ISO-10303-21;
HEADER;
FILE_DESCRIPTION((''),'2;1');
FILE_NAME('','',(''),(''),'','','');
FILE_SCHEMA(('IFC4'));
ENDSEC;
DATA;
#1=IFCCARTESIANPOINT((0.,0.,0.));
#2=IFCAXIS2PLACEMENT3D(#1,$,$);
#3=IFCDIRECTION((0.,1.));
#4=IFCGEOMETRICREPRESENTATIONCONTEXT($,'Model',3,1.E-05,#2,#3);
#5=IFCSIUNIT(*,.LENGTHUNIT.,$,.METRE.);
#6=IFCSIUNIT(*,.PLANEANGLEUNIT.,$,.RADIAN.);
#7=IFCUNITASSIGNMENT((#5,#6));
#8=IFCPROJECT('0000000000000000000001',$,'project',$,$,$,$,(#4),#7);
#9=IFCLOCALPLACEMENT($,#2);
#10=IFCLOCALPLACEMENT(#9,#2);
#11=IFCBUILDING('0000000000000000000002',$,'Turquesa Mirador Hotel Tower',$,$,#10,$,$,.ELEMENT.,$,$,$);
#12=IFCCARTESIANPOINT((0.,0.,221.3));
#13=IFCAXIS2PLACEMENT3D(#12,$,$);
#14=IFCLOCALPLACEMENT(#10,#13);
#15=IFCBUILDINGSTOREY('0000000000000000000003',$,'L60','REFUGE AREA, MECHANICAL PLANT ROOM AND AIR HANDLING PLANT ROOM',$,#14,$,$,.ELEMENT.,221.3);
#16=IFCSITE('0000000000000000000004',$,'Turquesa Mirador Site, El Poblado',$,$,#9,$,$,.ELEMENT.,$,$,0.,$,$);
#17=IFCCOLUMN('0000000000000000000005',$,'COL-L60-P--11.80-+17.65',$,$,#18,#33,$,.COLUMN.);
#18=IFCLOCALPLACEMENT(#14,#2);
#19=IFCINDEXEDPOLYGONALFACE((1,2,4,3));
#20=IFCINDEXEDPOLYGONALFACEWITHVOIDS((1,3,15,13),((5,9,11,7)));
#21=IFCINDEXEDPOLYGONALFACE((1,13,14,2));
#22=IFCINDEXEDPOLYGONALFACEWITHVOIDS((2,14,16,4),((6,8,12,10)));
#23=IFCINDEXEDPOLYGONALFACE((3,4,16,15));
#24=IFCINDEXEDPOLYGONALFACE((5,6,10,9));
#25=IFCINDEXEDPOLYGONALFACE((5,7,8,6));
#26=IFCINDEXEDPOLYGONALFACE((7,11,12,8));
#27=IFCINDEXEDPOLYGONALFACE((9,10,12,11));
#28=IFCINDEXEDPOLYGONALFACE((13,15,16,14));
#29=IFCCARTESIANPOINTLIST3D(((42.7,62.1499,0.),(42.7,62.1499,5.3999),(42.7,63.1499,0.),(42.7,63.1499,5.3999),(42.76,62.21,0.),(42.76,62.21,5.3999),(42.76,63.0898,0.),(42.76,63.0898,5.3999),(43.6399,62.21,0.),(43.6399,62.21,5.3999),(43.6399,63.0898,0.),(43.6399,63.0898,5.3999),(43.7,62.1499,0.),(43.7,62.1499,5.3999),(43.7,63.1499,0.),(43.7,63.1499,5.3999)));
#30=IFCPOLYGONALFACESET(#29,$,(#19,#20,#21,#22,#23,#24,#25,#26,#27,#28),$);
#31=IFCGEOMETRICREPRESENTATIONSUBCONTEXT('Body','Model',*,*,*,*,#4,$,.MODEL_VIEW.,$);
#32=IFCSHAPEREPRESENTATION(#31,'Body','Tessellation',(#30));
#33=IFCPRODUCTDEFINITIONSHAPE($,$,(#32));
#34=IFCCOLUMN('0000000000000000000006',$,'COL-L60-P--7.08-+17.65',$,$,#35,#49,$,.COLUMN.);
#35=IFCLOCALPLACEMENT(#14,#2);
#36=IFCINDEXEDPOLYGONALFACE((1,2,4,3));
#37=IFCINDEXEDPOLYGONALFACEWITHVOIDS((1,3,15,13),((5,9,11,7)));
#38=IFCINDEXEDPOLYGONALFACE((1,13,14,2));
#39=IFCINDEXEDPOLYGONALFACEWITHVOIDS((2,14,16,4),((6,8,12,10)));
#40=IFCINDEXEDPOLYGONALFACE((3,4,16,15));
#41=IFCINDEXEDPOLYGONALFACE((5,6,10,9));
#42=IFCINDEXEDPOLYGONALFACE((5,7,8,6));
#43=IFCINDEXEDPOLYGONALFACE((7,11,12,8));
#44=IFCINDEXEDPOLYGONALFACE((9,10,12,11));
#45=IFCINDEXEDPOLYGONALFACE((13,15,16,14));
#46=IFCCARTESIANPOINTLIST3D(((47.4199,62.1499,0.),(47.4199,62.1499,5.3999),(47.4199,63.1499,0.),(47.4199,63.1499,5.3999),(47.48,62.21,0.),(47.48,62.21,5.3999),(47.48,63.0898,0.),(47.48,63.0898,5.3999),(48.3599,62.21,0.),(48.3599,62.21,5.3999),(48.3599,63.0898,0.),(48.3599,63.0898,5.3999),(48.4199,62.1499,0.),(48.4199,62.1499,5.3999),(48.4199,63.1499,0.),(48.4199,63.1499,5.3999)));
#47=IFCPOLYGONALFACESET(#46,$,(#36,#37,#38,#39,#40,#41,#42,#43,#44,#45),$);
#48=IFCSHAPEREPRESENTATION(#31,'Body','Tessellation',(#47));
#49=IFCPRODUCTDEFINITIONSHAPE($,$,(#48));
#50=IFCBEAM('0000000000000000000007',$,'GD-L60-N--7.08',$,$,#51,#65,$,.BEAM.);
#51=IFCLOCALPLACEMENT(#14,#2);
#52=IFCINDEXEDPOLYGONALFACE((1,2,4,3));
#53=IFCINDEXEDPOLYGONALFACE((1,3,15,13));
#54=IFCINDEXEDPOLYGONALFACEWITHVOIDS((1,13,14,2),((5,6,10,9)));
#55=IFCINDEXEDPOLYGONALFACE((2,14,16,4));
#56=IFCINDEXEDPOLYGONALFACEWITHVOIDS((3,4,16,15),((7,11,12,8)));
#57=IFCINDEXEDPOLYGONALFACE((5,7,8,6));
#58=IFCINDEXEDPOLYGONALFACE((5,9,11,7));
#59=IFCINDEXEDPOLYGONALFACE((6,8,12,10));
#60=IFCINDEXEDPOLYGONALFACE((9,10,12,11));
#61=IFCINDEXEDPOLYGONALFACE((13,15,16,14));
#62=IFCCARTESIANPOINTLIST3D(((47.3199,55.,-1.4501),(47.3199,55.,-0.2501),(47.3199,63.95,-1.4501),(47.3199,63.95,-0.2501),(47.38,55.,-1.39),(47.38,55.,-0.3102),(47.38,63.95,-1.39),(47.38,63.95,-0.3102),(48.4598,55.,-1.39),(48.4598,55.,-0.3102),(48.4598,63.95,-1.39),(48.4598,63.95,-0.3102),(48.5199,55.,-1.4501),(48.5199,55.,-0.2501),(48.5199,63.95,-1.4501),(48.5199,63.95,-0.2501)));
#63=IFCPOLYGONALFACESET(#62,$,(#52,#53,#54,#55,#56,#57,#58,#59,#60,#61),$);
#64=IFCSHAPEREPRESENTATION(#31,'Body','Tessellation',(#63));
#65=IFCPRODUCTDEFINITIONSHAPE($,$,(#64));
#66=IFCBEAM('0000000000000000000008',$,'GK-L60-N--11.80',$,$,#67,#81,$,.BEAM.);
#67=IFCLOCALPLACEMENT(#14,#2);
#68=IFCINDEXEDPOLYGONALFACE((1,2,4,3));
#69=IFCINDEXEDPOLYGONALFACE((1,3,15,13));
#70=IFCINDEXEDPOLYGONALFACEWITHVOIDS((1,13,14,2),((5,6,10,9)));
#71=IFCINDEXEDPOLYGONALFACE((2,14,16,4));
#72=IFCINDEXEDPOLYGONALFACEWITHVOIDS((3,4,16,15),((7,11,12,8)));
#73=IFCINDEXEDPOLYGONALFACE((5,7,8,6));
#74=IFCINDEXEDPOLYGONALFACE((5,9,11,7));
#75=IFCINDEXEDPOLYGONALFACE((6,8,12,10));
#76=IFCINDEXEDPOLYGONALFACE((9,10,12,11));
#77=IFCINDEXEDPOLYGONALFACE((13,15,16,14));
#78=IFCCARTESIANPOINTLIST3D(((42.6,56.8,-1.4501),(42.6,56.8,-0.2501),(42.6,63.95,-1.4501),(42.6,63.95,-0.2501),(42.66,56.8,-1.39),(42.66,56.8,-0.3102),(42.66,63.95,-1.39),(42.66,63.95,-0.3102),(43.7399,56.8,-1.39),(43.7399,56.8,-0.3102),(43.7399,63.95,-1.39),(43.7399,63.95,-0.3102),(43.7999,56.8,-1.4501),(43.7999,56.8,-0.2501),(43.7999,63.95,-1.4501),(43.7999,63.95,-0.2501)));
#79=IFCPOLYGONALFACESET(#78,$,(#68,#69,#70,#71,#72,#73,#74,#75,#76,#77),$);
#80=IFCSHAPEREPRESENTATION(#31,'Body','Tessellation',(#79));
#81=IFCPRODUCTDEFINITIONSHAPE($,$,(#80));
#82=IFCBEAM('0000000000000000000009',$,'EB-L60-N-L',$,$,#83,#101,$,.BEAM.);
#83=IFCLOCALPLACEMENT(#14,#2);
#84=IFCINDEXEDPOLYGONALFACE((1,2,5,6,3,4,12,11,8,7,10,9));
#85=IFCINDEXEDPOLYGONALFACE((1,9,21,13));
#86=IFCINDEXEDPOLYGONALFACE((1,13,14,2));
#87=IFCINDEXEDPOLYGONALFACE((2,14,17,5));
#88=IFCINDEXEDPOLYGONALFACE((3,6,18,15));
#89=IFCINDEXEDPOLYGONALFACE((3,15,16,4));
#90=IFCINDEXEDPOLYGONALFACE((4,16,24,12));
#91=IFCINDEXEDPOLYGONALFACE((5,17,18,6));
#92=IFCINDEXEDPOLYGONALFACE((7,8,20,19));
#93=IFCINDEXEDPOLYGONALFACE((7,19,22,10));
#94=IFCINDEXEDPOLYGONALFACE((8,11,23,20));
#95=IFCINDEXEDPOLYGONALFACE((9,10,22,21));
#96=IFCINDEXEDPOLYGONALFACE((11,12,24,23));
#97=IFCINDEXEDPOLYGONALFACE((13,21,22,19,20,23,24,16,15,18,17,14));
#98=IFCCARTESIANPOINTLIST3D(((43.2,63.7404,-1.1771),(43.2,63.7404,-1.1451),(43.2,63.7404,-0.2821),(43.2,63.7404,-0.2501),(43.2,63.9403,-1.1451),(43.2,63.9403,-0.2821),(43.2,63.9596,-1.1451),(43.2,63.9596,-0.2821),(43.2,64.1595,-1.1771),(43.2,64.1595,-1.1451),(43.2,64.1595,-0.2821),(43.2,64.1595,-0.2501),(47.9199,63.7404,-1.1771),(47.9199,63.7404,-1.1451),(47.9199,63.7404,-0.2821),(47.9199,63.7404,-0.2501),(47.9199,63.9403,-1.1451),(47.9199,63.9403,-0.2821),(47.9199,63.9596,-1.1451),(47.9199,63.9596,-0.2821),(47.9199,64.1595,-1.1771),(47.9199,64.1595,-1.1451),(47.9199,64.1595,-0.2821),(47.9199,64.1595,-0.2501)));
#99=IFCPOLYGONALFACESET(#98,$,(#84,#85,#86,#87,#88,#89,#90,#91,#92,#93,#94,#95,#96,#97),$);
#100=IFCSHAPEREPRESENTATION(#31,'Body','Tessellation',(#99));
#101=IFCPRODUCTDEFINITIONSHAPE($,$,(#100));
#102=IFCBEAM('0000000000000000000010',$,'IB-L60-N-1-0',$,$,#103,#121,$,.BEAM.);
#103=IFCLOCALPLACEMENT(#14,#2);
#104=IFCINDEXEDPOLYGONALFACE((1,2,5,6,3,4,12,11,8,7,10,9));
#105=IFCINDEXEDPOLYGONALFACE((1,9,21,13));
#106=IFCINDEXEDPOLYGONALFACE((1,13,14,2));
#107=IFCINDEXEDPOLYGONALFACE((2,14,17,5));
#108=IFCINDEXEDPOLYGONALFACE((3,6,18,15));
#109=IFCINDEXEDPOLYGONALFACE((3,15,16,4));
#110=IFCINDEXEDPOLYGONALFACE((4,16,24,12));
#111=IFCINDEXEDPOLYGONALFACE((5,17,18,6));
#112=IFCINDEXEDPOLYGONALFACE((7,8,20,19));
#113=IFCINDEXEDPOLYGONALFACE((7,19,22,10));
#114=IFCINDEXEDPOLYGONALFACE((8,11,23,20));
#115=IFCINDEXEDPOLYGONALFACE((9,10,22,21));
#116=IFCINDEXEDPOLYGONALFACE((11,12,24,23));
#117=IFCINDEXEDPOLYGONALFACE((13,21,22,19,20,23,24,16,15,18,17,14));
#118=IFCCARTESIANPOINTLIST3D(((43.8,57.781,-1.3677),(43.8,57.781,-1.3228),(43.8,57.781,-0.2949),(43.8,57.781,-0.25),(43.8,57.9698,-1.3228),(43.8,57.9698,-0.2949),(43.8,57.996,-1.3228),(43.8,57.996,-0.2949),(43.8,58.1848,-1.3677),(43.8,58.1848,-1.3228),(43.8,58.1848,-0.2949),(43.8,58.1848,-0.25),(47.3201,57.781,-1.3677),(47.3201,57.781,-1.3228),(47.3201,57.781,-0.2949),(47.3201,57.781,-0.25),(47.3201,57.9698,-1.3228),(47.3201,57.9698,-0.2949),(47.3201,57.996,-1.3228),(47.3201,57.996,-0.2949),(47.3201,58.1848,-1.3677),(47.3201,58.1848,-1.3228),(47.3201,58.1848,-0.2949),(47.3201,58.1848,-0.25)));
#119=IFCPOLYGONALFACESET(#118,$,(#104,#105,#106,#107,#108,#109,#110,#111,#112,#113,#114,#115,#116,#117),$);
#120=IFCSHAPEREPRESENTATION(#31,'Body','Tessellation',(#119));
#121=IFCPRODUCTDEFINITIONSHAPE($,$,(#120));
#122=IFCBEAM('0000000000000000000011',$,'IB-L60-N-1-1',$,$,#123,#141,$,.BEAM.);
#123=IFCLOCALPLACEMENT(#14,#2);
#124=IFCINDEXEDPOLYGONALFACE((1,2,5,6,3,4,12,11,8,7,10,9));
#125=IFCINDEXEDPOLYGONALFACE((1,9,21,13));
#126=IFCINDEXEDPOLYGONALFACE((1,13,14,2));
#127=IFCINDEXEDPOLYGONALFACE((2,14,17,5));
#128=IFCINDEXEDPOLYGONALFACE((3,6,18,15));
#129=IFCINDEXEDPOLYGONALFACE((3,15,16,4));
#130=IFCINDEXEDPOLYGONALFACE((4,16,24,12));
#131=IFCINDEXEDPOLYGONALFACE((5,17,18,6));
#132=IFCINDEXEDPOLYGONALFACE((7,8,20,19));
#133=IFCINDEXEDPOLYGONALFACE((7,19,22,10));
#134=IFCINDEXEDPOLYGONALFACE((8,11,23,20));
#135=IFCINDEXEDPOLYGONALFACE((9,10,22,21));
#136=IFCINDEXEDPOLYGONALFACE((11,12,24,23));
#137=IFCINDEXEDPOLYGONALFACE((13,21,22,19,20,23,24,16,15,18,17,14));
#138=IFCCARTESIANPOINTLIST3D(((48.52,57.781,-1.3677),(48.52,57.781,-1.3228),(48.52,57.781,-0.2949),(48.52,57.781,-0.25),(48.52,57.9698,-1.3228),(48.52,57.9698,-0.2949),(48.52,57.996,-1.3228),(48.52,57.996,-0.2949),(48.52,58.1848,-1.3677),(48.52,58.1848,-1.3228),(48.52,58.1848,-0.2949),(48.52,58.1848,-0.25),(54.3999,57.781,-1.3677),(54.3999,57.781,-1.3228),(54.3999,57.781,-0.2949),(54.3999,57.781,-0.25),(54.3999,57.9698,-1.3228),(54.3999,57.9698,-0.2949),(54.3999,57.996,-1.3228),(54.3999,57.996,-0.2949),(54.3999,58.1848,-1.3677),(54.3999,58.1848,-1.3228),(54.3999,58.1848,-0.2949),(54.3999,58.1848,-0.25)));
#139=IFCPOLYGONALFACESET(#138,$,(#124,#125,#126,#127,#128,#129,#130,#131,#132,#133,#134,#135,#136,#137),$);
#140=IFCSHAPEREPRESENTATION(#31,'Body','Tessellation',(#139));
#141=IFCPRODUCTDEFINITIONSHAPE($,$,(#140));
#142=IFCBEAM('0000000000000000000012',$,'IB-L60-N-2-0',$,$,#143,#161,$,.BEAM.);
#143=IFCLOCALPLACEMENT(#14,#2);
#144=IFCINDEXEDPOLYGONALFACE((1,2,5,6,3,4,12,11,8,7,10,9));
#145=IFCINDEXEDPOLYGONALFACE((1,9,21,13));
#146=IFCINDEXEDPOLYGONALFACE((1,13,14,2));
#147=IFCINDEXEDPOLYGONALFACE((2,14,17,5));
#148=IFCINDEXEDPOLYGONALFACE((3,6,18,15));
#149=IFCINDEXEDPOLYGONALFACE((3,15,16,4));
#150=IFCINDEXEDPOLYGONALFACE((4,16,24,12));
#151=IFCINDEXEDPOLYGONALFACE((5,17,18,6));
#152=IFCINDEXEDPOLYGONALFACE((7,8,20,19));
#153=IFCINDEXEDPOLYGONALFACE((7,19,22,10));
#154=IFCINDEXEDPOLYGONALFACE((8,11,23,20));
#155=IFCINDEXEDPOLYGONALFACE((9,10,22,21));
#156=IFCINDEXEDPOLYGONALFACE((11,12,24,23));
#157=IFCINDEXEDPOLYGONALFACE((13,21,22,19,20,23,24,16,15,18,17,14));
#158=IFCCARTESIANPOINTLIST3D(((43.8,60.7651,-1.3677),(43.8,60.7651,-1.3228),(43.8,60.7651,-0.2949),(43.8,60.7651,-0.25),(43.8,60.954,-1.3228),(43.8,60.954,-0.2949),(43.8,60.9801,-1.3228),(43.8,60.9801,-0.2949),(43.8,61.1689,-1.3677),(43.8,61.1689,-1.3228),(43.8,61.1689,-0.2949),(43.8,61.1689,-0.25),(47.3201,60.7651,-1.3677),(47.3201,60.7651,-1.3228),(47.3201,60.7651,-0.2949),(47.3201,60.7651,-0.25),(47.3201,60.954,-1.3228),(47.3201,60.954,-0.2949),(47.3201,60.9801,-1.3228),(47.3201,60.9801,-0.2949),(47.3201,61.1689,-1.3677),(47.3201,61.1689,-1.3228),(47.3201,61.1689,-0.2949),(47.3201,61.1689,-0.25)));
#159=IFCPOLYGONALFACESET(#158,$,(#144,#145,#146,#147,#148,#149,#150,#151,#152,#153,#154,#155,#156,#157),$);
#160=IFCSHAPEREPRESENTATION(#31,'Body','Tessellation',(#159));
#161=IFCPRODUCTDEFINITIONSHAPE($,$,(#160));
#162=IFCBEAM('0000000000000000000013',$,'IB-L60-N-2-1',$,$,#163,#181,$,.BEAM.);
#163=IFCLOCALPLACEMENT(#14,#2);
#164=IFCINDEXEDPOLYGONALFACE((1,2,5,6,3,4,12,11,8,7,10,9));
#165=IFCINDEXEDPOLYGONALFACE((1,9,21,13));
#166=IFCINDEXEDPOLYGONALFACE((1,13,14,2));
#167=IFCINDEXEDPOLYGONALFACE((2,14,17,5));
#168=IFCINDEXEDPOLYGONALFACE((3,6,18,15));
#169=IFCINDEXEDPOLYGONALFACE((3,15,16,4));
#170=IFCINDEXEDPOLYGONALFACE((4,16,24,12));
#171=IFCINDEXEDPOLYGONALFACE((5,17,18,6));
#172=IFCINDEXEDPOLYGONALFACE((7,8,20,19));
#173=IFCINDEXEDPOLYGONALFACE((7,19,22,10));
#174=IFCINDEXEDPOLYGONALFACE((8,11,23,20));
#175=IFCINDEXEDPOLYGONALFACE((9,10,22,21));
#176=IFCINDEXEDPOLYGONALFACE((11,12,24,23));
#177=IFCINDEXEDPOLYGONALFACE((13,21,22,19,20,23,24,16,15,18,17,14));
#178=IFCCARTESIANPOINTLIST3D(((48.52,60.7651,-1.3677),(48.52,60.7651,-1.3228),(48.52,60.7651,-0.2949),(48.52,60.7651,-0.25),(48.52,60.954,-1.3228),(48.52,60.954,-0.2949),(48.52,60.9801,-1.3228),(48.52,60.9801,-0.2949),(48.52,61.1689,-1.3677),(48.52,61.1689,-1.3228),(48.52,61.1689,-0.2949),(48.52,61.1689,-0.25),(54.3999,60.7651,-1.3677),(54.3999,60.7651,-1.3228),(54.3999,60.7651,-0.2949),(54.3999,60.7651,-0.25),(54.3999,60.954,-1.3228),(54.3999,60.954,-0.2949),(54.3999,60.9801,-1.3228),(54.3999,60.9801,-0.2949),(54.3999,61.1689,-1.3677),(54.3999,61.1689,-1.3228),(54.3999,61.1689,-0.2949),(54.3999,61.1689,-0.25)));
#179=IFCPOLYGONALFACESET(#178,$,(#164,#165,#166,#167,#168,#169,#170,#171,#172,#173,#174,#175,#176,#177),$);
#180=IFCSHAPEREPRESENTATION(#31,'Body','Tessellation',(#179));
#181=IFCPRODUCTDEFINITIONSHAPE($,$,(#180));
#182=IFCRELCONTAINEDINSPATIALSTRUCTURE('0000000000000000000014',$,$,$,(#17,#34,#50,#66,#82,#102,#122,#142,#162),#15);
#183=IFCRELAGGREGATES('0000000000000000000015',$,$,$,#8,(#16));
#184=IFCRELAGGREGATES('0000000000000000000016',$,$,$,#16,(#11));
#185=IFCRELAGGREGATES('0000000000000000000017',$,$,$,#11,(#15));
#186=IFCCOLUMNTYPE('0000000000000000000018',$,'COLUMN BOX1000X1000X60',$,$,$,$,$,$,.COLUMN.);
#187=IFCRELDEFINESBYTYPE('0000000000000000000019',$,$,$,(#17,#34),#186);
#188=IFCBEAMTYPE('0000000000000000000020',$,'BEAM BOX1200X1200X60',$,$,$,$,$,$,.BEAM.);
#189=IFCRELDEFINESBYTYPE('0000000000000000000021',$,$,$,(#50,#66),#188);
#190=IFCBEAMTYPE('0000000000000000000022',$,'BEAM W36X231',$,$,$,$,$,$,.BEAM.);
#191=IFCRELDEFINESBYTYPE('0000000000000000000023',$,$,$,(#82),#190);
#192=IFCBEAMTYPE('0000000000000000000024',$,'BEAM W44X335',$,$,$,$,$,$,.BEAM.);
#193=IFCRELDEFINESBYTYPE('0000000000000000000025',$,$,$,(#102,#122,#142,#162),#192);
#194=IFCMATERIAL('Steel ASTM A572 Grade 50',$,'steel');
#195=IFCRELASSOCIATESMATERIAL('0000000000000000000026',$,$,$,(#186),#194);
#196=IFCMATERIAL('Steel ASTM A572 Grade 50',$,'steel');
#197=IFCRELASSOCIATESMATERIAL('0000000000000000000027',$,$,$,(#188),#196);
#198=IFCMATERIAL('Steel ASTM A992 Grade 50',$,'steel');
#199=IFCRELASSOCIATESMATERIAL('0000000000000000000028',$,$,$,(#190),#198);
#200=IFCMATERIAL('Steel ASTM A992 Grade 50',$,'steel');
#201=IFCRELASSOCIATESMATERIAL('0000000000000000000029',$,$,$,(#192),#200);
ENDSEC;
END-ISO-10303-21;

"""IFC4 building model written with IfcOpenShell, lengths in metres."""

from ifc_helpers import new_model, si_unit, direction, frame, origin, origin_2d, place, context, subcontext, project, spatial, hollow_rectangle, i_section, extrude, material, material_profile, profile_set, type_object, element, save


model = new_model("IFC4")

# Units and contexts
model_context = context("Model", 3, precision=1e-05, world=origin(), true_north=direction((0.0, 1.0)))
body_context = subcontext(model_context, "Body", "Model", "MODEL_VIEW")
ifc_project = project(units=[si_unit("LENGTHUNIT", "METRE"), si_unit("PLANEANGLEUNIT", "RADIAN")], contexts=[model_context])

# Site, building, storey
site_placement = place(None, origin())
site = spatial("IfcSite", under=ifc_project, at=site_placement, Name="Turquesa Mirador Site, El Poblado", CompositionType="ELEMENT", RefElevation=0.0)
building_placement = place(site_placement, origin())
building = spatial("IfcBuilding", under=site, at=building_placement, Name="Turquesa Mirador Hotel Tower", CompositionType="ELEMENT")
storey_placement = place(building_placement, frame((0.0, 0.0, 221.3)))
storey = spatial("IfcBuildingStorey", under=building, at=storey_placement, Name="L60", Description="REFUGE AREA, MECHANICAL PLANT ROOM AND AIR HANDLING PLANT ROOM", CompositionType="ELEMENT", Elevation=221.3)

# Columns
ifc_material_1 = material(Name="Steel ASTM A572 Grade 50", Category="steel")
ifc_material_profile_1 = material_profile(ifc_material_1, hollow_rectangle(XDim=1.0, YDim=1.0, WallThickness=0.0601, at=origin_2d()), Name="BOX1000X1000X60")
ifc_profile_set_1 = profile_set([ifc_material_profile_1], Name="Steel ASTM A572 Grade 50")
column_type = type_object("IfcColumnType", Name="COLUMN BOX1000X1000X60", PredefinedType="COLUMN", material=ifc_profile_set_1)
for number, where, z_axis, x_axis, name in (
    (1, (43.2, 62.6499, 0.0), (0.0, 0.0, 1.0), (1.0, 0.0, 0.0), "COL-L60-P--11.80-+17.65"),
    (2, (47.9199, 62.6499, 0.0), (0.0, 0.0, 1.0), (1.0, 0.0, 0.0), "COL-L60-P--7.08-+17.65"),
):
    element("IfcColumn", number, at=place(storey_placement, frame(where, z_axis=z_axis, x_axis=x_axis)), inside=storey, type_object=column_type, Name=name, PredefinedType="COLUMN", context=body_context, shape_type="SweptSolid", body=[
        extrude(hollow_rectangle(XDim=1.0, YDim=1.0, WallThickness=0.0601, at=origin_2d()), origin(), (0.0, 0.0, 1.0), 5.3999),
    ])

# Beams
ifc_material_2 = material(Name="Steel ASTM A572 Grade 50", Category="steel")
ifc_material_profile_2 = material_profile(ifc_material_2, hollow_rectangle(XDim=1.2, YDim=1.2, WallThickness=0.0601, at=origin_2d()), Name="BOX1200X1200X60")
ifc_profile_set_2 = profile_set([ifc_material_profile_2], Name="Steel ASTM A572 Grade 50")
beam_type_1 = type_object("IfcBeamType", Name="BEAM BOX1200X1200X60", PredefinedType="BEAM", material=ifc_profile_set_2)
beam_1_placement = place(storey_placement, frame((47.9199, 63.95, -0.8501), z_axis=(0.0, -1.0, 0.0), x_axis=(1.0, 0.0, 0.0)))
element("IfcBeam", 3, at=beam_1_placement, inside=storey, type_object=beam_type_1, Name="GD-L60-N--7.08", PredefinedType="BEAM", context=body_context, shape_type="SweptSolid", body=[
    extrude(hollow_rectangle(XDim=1.2, YDim=1.2, WallThickness=0.0601, at=origin_2d()), origin(), (0.0, 0.0, 1.0), 8.95),
])
beam_2_placement = place(storey_placement, frame((43.2, 63.95, -0.8501), z_axis=(0.0, -1.0, 0.0), x_axis=(1.0, 0.0, 0.0)))
element("IfcBeam", 4, at=beam_2_placement, inside=storey, type_object=beam_type_1, Name="GK-L60-N--11.80", PredefinedType="BEAM", context=body_context, shape_type="SweptSolid", body=[
    extrude(hollow_rectangle(XDim=1.2, YDim=1.2, WallThickness=0.0601, at=origin_2d()), origin(), (0.0, 0.0, 1.0), 7.1499),
])
ifc_material_3 = material(Name="Steel ASTM A992 Grade 50", Category="steel")
ifc_material_profile_3 = material_profile(ifc_material_3, i_section(OverallWidth=0.4192, OverallDepth=0.927, WebThickness=0.0193, FlangeThickness=0.032, at=origin_2d()), Name="W36X231")
ifc_profile_set_3 = profile_set([ifc_material_profile_3], Name="Steel ASTM A992 Grade 50")
beam_type_2 = type_object("IfcBeamType", Name="BEAM W36X231", PredefinedType="BEAM", material=ifc_profile_set_3)
beam_3_placement = place(storey_placement, frame((43.2, 63.95, -0.7136), z_axis=(1.0, 0.0, 0.0), x_axis=(0.0, 1.0, 0.0)))
element("IfcBeam", 5, at=beam_3_placement, inside=storey, type_object=beam_type_2, Name="EB-L60-N-L", PredefinedType="BEAM", context=body_context, shape_type="SweptSolid", body=[
    extrude(i_section(OverallWidth=0.4192, OverallDepth=0.927, WebThickness=0.0193, FlangeThickness=0.032, at=origin_2d()), origin(), (0.0, 0.0, 1.0), 4.72),
])
ifc_material_4 = material(Name="Steel ASTM A992 Grade 50", Category="steel")
ifc_material_profile_4 = material_profile(ifc_material_4, i_section(OverallWidth=0.4038, OverallDepth=1.1177, WebThickness=0.0261, FlangeThickness=0.0449, at=origin_2d()), Name="W44X335")
ifc_profile_set_4 = profile_set([ifc_material_profile_4], Name="Steel ASTM A992 Grade 50")
beam_type_3 = type_object("IfcBeamType", Name="BEAM W44X335", PredefinedType="BEAM", material=ifc_profile_set_4)
beam_4_placement = place(storey_placement, frame((43.8, 57.9829, -0.8088), z_axis=(1.0, 0.0, 0.0), x_axis=(0.0, 1.0, 0.0)))
element("IfcBeam", 6, at=beam_4_placement, inside=storey, type_object=beam_type_3, Name="IB-L60-N-1-0", PredefinedType="BEAM", context=body_context, shape_type="SweptSolid", body=[
    extrude(i_section(OverallWidth=0.4038, OverallDepth=1.1177, WebThickness=0.0261, FlangeThickness=0.0449, at=origin_2d()), origin(), (0.0, 0.0, 1.0), 3.52),
])
beam_5_placement = place(storey_placement, frame((48.52, 57.9829, -0.8088), z_axis=(1.0, 0.0, 0.0), x_axis=(0.0, 1.0, 0.0)))
element("IfcBeam", 7, at=beam_5_placement, inside=storey, type_object=beam_type_3, Name="IB-L60-N-1-1", PredefinedType="BEAM", context=body_context, shape_type="SweptSolid", body=[
    extrude(i_section(OverallWidth=0.4038, OverallDepth=1.1177, WebThickness=0.0261, FlangeThickness=0.0449, at=origin_2d()), origin(), (0.0, 0.0, 1.0), 5.8799),
])
beam_6_placement = place(storey_placement, frame((43.8, 60.967, -0.8088), z_axis=(1.0, 0.0, 0.0), x_axis=(0.0, 1.0, 0.0)))
element("IfcBeam", 8, at=beam_6_placement, inside=storey, type_object=beam_type_3, Name="IB-L60-N-2-0", PredefinedType="BEAM", context=body_context, shape_type="SweptSolid", body=[
    extrude(i_section(OverallWidth=0.4038, OverallDepth=1.1177, WebThickness=0.0261, FlangeThickness=0.0449, at=origin_2d()), origin(), (0.0, 0.0, 1.0), 3.52),
])
beam_7_placement = place(storey_placement, frame((48.52, 60.967, -0.8088), z_axis=(1.0, 0.0, 0.0), x_axis=(0.0, 1.0, 0.0)))
element("IfcBeam", 9, at=beam_7_placement, inside=storey, type_object=beam_type_3, Name="IB-L60-N-2-1", PredefinedType="BEAM", context=body_context, shape_type="SweptSolid", body=[
    extrude(i_section(OverallWidth=0.4038, OverallDepth=1.1177, WebThickness=0.0261, FlangeThickness=0.0449, at=origin_2d()), origin(), (0.0, 0.0, 1.0), 5.8799),
])

save(model, "model.ifc")
